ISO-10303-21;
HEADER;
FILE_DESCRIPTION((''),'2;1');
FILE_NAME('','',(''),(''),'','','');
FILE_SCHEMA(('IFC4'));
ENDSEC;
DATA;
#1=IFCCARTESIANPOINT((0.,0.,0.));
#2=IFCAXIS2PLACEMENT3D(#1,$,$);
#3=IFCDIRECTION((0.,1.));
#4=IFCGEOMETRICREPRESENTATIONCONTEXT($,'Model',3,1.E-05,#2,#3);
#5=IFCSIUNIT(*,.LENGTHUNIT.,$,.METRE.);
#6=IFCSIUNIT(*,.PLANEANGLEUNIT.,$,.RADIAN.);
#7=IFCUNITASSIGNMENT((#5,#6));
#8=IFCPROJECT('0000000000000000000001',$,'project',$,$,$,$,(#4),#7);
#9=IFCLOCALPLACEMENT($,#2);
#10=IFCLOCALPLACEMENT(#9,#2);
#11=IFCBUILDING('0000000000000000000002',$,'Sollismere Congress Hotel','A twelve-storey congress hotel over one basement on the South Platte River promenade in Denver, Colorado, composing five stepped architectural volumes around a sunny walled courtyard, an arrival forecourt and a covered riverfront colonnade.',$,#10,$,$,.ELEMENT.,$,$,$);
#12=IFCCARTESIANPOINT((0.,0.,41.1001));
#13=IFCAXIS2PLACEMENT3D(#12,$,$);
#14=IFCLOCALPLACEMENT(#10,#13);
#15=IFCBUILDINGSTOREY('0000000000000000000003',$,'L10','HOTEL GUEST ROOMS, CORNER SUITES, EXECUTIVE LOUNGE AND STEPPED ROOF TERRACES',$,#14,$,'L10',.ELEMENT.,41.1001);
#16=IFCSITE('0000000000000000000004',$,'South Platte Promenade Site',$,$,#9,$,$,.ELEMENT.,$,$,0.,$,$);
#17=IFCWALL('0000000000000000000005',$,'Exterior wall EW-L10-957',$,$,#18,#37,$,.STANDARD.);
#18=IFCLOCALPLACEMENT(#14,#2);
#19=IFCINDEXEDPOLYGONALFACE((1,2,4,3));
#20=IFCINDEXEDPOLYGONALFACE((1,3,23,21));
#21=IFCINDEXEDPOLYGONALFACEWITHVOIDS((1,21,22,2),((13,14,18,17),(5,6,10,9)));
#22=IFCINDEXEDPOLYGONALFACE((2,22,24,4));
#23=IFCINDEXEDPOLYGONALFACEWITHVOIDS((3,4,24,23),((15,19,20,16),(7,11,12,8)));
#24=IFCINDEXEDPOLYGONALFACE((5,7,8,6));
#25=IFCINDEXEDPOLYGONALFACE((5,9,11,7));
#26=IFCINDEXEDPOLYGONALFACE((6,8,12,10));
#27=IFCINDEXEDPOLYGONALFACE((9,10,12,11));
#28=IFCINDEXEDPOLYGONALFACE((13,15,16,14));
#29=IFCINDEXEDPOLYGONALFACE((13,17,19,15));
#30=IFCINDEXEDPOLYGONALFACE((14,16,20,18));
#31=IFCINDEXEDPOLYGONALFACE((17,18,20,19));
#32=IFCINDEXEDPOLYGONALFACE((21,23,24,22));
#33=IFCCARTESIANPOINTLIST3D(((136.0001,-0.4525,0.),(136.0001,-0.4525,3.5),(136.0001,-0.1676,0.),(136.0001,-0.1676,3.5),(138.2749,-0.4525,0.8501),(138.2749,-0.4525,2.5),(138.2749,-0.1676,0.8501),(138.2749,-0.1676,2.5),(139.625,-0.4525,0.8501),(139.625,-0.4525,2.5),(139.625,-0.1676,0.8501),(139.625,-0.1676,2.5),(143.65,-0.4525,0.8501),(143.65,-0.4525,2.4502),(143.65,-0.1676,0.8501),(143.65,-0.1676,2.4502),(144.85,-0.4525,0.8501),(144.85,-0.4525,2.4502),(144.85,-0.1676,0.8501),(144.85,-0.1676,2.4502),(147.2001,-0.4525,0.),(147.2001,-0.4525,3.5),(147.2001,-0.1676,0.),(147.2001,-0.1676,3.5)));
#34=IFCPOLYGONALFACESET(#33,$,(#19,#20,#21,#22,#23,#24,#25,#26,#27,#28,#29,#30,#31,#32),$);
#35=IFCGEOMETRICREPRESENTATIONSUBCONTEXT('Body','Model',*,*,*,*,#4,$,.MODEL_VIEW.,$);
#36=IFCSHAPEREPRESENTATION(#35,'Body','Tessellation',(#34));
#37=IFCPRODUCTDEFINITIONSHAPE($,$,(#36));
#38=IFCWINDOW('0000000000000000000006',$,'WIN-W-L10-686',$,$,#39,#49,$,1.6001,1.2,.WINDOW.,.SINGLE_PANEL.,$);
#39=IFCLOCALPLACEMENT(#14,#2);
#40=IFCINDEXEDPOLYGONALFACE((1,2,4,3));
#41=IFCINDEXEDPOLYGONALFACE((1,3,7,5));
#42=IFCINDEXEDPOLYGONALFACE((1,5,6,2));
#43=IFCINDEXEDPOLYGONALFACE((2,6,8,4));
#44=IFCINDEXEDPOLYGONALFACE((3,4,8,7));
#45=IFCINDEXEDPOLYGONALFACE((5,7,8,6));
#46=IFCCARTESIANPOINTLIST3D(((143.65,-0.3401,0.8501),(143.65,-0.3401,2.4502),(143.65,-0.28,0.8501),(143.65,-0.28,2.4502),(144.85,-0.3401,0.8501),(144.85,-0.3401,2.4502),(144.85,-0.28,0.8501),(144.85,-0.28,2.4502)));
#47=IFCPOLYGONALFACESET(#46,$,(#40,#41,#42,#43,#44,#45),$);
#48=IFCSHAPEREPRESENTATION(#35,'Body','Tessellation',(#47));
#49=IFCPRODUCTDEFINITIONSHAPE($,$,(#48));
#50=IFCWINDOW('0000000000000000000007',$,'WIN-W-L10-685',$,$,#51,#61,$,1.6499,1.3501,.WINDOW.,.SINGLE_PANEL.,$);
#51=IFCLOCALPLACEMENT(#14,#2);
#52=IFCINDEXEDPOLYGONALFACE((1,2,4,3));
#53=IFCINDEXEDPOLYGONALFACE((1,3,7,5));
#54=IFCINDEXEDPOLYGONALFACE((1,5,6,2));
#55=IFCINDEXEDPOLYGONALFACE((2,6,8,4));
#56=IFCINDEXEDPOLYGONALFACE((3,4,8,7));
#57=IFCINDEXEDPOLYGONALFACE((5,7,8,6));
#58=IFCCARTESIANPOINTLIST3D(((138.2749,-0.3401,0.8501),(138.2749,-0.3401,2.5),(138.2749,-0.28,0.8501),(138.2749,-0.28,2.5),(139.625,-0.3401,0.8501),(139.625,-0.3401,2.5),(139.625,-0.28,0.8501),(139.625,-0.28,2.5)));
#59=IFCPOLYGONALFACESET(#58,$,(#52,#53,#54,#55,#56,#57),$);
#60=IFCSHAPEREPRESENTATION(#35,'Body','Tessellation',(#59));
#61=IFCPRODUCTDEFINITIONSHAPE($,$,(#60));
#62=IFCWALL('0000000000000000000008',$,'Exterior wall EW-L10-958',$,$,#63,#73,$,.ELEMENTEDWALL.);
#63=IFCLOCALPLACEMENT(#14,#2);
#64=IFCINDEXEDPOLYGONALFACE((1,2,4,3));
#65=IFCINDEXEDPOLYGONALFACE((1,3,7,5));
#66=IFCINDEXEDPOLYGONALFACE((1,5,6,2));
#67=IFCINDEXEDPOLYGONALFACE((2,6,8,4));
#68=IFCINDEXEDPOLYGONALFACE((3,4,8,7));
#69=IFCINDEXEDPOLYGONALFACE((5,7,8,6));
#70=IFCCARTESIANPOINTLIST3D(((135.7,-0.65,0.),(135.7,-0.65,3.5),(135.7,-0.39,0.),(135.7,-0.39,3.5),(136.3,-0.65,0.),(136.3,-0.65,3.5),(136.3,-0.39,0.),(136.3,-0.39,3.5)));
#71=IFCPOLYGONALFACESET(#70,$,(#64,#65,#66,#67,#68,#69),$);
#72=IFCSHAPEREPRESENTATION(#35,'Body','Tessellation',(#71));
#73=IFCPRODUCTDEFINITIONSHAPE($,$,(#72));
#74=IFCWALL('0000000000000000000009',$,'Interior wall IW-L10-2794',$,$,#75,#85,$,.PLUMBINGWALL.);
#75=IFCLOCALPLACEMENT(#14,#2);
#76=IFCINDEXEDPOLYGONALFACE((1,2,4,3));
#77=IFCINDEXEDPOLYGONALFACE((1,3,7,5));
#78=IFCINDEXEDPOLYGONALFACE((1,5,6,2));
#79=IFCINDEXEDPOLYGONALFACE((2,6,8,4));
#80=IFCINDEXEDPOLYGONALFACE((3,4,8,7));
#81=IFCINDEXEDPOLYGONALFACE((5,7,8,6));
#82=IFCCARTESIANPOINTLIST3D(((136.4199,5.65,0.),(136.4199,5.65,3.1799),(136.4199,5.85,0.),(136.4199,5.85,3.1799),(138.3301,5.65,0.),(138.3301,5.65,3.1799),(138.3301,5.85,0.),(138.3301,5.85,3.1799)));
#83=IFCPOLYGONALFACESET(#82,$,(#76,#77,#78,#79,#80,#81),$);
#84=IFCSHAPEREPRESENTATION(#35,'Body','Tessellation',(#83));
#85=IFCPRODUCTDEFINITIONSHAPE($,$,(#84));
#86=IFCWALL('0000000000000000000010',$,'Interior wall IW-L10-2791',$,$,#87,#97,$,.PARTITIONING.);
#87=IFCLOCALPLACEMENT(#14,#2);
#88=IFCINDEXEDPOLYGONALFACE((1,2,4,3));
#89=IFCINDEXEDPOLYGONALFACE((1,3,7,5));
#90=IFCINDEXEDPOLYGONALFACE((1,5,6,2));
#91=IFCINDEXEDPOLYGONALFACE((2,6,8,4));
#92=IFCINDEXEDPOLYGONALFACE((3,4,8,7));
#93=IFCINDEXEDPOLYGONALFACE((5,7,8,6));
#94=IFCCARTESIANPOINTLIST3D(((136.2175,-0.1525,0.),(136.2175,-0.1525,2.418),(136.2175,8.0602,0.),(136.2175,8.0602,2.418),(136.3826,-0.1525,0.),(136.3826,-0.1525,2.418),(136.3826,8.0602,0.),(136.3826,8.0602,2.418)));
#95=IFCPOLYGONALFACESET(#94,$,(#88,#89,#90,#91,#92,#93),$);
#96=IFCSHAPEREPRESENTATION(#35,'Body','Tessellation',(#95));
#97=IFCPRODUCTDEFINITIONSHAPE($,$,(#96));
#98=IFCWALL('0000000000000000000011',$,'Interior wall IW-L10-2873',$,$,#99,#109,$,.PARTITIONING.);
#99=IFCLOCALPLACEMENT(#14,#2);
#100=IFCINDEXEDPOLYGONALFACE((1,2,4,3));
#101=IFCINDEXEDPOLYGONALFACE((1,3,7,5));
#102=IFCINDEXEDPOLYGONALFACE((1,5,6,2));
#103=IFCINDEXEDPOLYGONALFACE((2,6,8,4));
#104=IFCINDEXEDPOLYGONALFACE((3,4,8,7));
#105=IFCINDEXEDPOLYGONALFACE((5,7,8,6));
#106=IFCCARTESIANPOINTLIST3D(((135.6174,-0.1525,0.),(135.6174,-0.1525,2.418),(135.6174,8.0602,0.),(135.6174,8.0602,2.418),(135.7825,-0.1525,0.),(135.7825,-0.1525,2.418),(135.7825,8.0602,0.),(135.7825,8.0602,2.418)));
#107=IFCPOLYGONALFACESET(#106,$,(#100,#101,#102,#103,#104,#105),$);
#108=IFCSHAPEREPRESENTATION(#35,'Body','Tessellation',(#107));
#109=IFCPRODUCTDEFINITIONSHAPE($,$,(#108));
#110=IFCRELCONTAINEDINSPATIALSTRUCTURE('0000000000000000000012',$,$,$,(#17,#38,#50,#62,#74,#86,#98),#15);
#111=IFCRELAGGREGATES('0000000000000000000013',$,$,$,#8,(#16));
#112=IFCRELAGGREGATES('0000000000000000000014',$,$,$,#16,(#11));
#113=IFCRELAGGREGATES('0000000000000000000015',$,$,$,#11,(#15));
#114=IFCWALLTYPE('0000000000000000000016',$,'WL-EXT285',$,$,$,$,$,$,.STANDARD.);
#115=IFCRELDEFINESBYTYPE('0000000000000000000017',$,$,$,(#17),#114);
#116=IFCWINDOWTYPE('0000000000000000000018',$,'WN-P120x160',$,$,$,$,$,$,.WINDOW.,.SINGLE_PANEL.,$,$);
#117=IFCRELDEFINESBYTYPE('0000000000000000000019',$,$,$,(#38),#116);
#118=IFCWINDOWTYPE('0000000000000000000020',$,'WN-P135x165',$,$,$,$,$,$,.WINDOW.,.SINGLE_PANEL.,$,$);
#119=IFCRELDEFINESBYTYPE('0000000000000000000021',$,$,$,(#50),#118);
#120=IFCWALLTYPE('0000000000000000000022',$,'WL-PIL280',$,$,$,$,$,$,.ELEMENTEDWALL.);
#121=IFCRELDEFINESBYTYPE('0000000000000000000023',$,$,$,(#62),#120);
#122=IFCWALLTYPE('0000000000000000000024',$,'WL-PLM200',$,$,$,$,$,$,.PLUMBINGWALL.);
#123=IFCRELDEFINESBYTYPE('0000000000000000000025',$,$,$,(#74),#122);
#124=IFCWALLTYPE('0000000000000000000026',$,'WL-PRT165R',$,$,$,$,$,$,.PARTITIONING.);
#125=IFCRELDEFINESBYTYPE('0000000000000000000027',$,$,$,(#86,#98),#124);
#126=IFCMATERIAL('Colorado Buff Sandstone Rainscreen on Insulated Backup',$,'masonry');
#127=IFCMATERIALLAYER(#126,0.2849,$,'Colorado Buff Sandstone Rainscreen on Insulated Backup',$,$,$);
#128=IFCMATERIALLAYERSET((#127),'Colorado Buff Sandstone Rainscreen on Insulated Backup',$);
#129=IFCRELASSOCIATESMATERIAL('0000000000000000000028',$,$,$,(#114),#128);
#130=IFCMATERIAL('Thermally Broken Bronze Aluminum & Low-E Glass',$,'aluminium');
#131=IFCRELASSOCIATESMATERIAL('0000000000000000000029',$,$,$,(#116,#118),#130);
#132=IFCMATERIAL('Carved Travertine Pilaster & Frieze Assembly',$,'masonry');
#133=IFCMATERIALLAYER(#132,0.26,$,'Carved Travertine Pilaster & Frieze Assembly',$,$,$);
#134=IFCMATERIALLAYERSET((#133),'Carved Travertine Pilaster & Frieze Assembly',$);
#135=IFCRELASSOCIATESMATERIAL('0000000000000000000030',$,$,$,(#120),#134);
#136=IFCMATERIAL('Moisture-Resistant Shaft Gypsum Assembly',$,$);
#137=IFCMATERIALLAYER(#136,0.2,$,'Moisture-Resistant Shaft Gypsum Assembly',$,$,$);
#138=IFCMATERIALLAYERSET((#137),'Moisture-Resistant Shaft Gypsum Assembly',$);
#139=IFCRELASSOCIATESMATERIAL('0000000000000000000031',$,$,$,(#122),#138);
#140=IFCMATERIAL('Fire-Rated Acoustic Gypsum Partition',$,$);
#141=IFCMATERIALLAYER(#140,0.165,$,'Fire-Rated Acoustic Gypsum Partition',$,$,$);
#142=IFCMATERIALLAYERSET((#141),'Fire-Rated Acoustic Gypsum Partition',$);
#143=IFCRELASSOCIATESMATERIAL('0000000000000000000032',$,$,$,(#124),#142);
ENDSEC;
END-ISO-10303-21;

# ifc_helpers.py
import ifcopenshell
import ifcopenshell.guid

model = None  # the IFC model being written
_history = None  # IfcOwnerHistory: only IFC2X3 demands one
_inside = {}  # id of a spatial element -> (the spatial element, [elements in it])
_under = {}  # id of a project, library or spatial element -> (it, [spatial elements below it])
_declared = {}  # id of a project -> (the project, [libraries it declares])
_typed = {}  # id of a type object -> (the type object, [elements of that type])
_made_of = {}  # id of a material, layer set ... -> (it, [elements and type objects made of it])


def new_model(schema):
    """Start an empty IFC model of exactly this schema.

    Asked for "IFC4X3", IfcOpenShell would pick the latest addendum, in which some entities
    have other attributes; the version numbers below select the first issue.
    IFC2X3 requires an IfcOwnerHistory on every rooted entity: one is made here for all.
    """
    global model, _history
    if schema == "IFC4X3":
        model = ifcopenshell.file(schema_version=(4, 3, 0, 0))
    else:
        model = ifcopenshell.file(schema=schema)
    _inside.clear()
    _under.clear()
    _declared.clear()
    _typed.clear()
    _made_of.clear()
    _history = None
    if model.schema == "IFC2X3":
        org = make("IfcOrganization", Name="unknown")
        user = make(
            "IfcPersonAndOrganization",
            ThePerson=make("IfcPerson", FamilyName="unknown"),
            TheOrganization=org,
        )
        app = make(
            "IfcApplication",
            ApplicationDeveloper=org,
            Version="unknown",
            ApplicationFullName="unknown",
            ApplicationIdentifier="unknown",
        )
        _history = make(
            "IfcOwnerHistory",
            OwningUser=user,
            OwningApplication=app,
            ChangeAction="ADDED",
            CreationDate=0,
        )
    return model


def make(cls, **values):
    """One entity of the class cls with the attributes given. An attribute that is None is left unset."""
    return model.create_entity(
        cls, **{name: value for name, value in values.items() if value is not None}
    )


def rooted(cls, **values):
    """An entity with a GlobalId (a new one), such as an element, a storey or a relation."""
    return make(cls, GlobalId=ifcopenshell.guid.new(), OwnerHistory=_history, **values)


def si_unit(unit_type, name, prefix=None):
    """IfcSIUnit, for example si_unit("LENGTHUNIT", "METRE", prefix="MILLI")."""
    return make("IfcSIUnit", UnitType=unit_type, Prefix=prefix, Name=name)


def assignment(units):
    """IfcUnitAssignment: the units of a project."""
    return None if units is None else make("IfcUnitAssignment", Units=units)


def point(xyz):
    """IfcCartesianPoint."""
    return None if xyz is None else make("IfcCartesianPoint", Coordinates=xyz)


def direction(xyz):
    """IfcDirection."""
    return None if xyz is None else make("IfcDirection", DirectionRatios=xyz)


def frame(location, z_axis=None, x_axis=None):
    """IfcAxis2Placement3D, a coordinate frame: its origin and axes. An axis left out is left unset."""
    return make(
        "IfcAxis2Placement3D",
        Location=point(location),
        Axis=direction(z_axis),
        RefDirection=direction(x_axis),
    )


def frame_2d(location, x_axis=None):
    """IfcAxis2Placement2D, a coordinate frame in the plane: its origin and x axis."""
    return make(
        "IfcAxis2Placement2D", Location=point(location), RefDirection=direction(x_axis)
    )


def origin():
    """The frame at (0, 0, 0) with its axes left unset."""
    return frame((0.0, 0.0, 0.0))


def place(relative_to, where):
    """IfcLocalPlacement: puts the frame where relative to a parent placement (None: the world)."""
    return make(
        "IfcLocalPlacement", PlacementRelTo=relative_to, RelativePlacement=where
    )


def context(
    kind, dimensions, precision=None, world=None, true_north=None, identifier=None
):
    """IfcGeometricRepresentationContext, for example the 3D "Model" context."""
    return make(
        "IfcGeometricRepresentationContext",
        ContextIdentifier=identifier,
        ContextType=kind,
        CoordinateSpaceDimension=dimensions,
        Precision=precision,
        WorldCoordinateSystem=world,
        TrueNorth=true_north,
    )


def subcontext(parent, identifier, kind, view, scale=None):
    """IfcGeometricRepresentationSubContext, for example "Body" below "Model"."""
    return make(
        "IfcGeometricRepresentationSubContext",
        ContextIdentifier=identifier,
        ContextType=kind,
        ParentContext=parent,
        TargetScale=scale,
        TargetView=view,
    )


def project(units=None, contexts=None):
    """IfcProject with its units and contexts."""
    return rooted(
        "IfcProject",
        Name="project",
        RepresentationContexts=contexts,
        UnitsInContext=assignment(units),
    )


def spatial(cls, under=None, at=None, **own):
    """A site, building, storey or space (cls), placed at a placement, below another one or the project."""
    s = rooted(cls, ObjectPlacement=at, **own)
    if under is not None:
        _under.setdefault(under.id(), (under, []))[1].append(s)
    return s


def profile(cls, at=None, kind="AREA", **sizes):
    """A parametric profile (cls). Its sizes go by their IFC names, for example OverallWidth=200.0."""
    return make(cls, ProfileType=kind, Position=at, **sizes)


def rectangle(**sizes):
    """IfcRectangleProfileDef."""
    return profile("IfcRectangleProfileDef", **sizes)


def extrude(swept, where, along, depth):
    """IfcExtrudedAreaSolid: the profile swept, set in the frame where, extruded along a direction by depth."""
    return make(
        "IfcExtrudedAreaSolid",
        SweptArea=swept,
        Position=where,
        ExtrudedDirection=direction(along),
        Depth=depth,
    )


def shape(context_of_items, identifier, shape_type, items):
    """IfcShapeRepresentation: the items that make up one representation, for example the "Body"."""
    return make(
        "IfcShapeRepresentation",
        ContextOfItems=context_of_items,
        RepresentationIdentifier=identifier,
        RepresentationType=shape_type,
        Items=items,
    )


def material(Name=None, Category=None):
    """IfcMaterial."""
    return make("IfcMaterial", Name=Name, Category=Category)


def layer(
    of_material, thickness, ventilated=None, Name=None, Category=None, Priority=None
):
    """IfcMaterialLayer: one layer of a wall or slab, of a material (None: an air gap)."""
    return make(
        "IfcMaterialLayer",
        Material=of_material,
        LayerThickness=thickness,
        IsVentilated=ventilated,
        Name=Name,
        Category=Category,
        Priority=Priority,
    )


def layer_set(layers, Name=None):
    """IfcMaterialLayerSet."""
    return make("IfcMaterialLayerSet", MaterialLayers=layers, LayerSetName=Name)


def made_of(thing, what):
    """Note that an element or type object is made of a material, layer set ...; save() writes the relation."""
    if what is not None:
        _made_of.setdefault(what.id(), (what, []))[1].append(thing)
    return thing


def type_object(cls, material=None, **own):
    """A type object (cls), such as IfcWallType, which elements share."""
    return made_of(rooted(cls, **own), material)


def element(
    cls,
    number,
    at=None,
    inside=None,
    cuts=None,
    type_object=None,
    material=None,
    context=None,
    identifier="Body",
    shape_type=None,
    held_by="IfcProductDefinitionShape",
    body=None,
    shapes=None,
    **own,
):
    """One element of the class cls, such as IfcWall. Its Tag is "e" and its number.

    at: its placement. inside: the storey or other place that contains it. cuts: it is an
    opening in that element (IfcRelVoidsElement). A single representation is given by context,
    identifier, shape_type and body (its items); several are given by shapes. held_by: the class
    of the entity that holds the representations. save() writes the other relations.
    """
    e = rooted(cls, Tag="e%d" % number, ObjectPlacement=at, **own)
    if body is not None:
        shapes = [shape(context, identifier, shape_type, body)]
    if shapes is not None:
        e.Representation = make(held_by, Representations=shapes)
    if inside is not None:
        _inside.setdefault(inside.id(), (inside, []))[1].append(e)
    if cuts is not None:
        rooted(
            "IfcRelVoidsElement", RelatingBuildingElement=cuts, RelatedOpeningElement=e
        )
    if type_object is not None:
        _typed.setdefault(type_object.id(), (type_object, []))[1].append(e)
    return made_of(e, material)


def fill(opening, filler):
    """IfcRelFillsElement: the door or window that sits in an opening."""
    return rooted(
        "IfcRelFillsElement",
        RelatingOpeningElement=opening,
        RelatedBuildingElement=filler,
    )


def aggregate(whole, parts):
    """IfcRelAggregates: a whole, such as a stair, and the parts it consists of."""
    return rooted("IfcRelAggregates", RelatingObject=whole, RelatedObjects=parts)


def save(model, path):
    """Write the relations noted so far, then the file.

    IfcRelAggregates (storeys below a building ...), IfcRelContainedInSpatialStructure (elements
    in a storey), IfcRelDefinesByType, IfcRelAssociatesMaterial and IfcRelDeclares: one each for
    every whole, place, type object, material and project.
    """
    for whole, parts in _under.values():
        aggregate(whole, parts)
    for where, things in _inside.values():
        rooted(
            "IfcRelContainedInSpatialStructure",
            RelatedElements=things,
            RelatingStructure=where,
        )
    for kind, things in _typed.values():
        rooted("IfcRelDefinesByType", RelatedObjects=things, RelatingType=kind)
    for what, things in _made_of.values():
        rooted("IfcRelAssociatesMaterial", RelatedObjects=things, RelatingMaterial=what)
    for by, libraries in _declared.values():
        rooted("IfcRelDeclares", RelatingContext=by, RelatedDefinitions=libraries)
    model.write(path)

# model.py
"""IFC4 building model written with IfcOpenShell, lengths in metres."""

from ifc_helpers import new_model, si_unit, direction, frame, frame_2d, origin, place, context, subcontext, project, spatial, rectangle, extrude, material, layer, layer_set, type_object, element, fill, save


model = new_model("IFC4")

# Units and contexts
model_context = context("Model", 3, precision=1e-05, world=origin(), true_north=direction((0.0, 1.0)))
body_context = subcontext(model_context, "Body", "Model", "MODEL_VIEW")
ifc_project = project(units=[si_unit("LENGTHUNIT", "METRE"), si_unit("PLANEANGLEUNIT", "RADIAN")], contexts=[model_context])

# Site, building, storey
site_placement = place(None, origin())
site = spatial("IfcSite", under=ifc_project, at=site_placement, Name="South Platte Promenade Site", CompositionType="ELEMENT", RefElevation=0.0)
building_placement = place(site_placement, origin())
building = spatial("IfcBuilding", under=site, at=building_placement, Name="Sollismere Congress Hotel", Description="A twelve-storey congress hotel over one basement on the South Platte River promenade in Denver, Colorado, composing five stepped architectural volumes around a sunny walled courtyard, an arrival forecourt and a covered riverfront colonnade.", CompositionType="ELEMENT")
storey_placement = place(building_placement, frame((0.0, 0.0, 41.1001)))
storey = spatial("IfcBuildingStorey", under=building, at=storey_placement, Name="L10", Description="HOTEL GUEST ROOMS, CORNER SUITES, EXECUTIVE LOUNGE AND STEPPED ROOF TERRACES", LongName="L10", CompositionType="ELEMENT", Elevation=41.1001)

# Shared definitions
ifc_material_1 = material(Name="Colorado Buff Sandstone Rainscreen on Insulated Backup", Category="masonry")
ifc_layer_1 = layer(ifc_material_1, 0.2849, Name="Colorado Buff Sandstone Rainscreen on Insulated Backup")
ifc_layer_set_1 = layer_set([ifc_layer_1], Name="Colorado Buff Sandstone Rainscreen on Insulated Backup")
wall_type_1 = type_object("IfcWallType", Name="WL-EXT285", PredefinedType="STANDARD", material=ifc_layer_set_1)
ifc_material_2 = material(Name="Thermally Broken Bronze Aluminum & Low-E Glass", Category="aluminium")

# Wall, openings, windows
wall_1_placement = place(storey_placement, frame((136.0, -0.3101, 0.0), z_axis=(0.0, 0.0, 1.0), x_axis=(1.0, 0.0, 0.0)))
wall_1 = element("IfcWall", 1, at=wall_1_placement, inside=storey, type_object=wall_type_1, Name="Exterior wall EW-L10-957", PredefinedType="STANDARD", context=body_context, shape_type="SweptSolid", body=[
    extrude(rectangle(XDim=11.2, YDim=0.2849, at=frame_2d((5.6001, 0.0))), origin(), (0.0, 0.0, 1.0), 3.5),
])
opening_1_placement = place(wall_1_placement, frame((2.2749, 0.0, 0.8501)))
opening_1 = element("IfcOpeningElement", 2, at=opening_1_placement, cuts=wall_1, PredefinedType="OPENING", context=body_context, shape_type="SweptSolid", body=[
    extrude(rectangle(XDim=1.3501, YDim=1.6499, at=frame_2d((0.675, 0.825))), frame((0.0, 0.1523, 0.0), z_axis=(0.0, -1.0, 0.0), x_axis=(1.0, 0.0, 0.0)), (0.0, 0.0, 1.0), 0.3049),
])
opening_2_placement = place(wall_1_placement, frame((7.6499, 0.0, 0.8501)))
opening_2 = element("IfcOpeningElement", 3, at=opening_2_placement, cuts=wall_1, PredefinedType="OPENING", context=body_context, shape_type="SweptSolid", body=[
    extrude(rectangle(XDim=1.2, YDim=1.6001, at=frame_2d((0.6001, 0.8))), frame((0.0, 0.1523, 0.0), z_axis=(0.0, -1.0, 0.0), x_axis=(1.0, 0.0, 0.0)), (0.0, 0.0, 1.0), 0.3049),
])
window_type_1 = type_object("IfcWindowType", Name="WN-P120x160", PartitioningType="SINGLE_PANEL", PredefinedType="WINDOW", material=ifc_material_2)
window_1_placement = place(opening_2_placement, origin())
window_1 = element("IfcWindow", 4, at=window_1_placement, inside=storey, type_object=window_type_1, Name="WIN-W-L10-686", OverallHeight=1.6001, OverallWidth=1.2, PartitioningType="SINGLE_PANEL", PredefinedType="WINDOW", context=body_context, shape_type="SweptSolid", body=[
    extrude(rectangle(XDim=1.2, YDim=1.6001, at=frame_2d((0.6001, 0.8))), frame((0.0, 0.03, 0.0), z_axis=(0.0, -1.0, 0.0), x_axis=(1.0, 0.0, 0.0)), (0.0, 0.0, 1.0), 0.0601),
])
fill(opening_2, window_1)
window_type_2 = type_object("IfcWindowType", Name="WN-P135x165", PartitioningType="SINGLE_PANEL", PredefinedType="WINDOW", material=ifc_material_2)
window_2_placement = place(opening_1_placement, origin())
window_2 = element("IfcWindow", 5, at=window_2_placement, inside=storey, type_object=window_type_2, Name="WIN-W-L10-685", OverallHeight=1.6499, OverallWidth=1.3501, PartitioningType="SINGLE_PANEL", PredefinedType="WINDOW", context=body_context, shape_type="SweptSolid", body=[
    extrude(rectangle(XDim=1.3501, YDim=1.6499, at=frame_2d((0.675, 0.825))), frame((0.0, 0.03, 0.0), z_axis=(0.0, -1.0, 0.0), x_axis=(1.0, 0.0, 0.0)), (0.0, 0.0, 1.0), 0.0601),
])
fill(opening_1, window_2)

# Walls
ifc_material_3 = material(Name="Carved Travertine Pilaster & Frieze Assembly", Category="masonry")
ifc_layer_2 = layer(ifc_material_3, 0.26, Name="Carved Travertine Pilaster & Frieze Assembly")
ifc_layer_set_2 = layer_set([ifc_layer_2], Name="Carved Travertine Pilaster & Frieze Assembly")
wall_type_2 = type_object("IfcWallType", Name="WL-PIL280", PredefinedType="ELEMENTEDWALL", material=ifc_layer_set_2)
wall_2_placement = place(storey_placement, frame((135.7, -0.52, 0.0), z_axis=(0.0, 0.0, 1.0), x_axis=(1.0, 0.0, 0.0)))
element("IfcWall", 6, at=wall_2_placement, inside=storey, type_object=wall_type_2, Name="Exterior wall EW-L10-958", PredefinedType="ELEMENTEDWALL", context=body_context, shape_type="SweptSolid", body=[
    extrude(rectangle(XDim=0.6001, YDim=0.26, at=frame_2d((0.3, 0.0))), origin(), (0.0, 0.0, 1.0), 3.5),
])
ifc_material_4 = material(Name="Moisture-Resistant Shaft Gypsum Assembly")
ifc_layer_3 = layer(ifc_material_4, 0.2, Name="Moisture-Resistant Shaft Gypsum Assembly")
ifc_layer_set_3 = layer_set([ifc_layer_3], Name="Moisture-Resistant Shaft Gypsum Assembly")
wall_type_3 = type_object("IfcWallType", Name="WL-PLM200", PredefinedType="PLUMBINGWALL", material=ifc_layer_set_3)
wall_3_placement = place(storey_placement, frame((136.4199, 5.75, 0.0), z_axis=(0.0, 0.0, 1.0), x_axis=(1.0, 0.0, 0.0)))
element("IfcWall", 7, at=wall_3_placement, inside=storey, type_object=wall_type_3, Name="Interior wall IW-L10-2794", PredefinedType="PLUMBINGWALL", context=body_context, shape_type="SweptSolid", body=[
    extrude(rectangle(XDim=1.9102, YDim=0.2, at=frame_2d((0.9551, 0.0))), origin(), (0.0, 0.0, 1.0), 3.1799),
])
ifc_material_5 = material(Name="Fire-Rated Acoustic Gypsum Partition")
ifc_layer_4 = layer(ifc_material_5, 0.165, Name="Fire-Rated Acoustic Gypsum Partition")
ifc_layer_set_4 = layer_set([ifc_layer_4], Name="Fire-Rated Acoustic Gypsum Partition")
wall_type_4 = type_object("IfcWallType", Name="WL-PRT165R", PredefinedType="PARTITIONING", material=ifc_layer_set_4)
for number, where, z_axis, x_axis, name in (
    (8, (136.3, -0.1526, 0.0), (0.0, 0.0, 1.0), (0.0, 1.0, 0.0), "Interior wall IW-L10-2791"),
    (9, (135.7, -0.1526, 0.0), (0.0, 0.0, 1.0), (0.0, 1.0, 0.0), "Interior wall IW-L10-2873"),
):
    element("IfcWall", number, at=place(storey_placement, frame(where, z_axis=z_axis, x_axis=x_axis)), inside=storey, type_object=wall_type_4, Name=name, PredefinedType="PARTITIONING", context=body_context, shape_type="SweptSolid", body=[
        extrude(rectangle(XDim=8.2126, YDim=0.165, at=frame_2d((4.1064, 0.0))), origin(), (0.0, 0.0, 1.0), 2.418),
    ])

save(model, "model.ifc")
